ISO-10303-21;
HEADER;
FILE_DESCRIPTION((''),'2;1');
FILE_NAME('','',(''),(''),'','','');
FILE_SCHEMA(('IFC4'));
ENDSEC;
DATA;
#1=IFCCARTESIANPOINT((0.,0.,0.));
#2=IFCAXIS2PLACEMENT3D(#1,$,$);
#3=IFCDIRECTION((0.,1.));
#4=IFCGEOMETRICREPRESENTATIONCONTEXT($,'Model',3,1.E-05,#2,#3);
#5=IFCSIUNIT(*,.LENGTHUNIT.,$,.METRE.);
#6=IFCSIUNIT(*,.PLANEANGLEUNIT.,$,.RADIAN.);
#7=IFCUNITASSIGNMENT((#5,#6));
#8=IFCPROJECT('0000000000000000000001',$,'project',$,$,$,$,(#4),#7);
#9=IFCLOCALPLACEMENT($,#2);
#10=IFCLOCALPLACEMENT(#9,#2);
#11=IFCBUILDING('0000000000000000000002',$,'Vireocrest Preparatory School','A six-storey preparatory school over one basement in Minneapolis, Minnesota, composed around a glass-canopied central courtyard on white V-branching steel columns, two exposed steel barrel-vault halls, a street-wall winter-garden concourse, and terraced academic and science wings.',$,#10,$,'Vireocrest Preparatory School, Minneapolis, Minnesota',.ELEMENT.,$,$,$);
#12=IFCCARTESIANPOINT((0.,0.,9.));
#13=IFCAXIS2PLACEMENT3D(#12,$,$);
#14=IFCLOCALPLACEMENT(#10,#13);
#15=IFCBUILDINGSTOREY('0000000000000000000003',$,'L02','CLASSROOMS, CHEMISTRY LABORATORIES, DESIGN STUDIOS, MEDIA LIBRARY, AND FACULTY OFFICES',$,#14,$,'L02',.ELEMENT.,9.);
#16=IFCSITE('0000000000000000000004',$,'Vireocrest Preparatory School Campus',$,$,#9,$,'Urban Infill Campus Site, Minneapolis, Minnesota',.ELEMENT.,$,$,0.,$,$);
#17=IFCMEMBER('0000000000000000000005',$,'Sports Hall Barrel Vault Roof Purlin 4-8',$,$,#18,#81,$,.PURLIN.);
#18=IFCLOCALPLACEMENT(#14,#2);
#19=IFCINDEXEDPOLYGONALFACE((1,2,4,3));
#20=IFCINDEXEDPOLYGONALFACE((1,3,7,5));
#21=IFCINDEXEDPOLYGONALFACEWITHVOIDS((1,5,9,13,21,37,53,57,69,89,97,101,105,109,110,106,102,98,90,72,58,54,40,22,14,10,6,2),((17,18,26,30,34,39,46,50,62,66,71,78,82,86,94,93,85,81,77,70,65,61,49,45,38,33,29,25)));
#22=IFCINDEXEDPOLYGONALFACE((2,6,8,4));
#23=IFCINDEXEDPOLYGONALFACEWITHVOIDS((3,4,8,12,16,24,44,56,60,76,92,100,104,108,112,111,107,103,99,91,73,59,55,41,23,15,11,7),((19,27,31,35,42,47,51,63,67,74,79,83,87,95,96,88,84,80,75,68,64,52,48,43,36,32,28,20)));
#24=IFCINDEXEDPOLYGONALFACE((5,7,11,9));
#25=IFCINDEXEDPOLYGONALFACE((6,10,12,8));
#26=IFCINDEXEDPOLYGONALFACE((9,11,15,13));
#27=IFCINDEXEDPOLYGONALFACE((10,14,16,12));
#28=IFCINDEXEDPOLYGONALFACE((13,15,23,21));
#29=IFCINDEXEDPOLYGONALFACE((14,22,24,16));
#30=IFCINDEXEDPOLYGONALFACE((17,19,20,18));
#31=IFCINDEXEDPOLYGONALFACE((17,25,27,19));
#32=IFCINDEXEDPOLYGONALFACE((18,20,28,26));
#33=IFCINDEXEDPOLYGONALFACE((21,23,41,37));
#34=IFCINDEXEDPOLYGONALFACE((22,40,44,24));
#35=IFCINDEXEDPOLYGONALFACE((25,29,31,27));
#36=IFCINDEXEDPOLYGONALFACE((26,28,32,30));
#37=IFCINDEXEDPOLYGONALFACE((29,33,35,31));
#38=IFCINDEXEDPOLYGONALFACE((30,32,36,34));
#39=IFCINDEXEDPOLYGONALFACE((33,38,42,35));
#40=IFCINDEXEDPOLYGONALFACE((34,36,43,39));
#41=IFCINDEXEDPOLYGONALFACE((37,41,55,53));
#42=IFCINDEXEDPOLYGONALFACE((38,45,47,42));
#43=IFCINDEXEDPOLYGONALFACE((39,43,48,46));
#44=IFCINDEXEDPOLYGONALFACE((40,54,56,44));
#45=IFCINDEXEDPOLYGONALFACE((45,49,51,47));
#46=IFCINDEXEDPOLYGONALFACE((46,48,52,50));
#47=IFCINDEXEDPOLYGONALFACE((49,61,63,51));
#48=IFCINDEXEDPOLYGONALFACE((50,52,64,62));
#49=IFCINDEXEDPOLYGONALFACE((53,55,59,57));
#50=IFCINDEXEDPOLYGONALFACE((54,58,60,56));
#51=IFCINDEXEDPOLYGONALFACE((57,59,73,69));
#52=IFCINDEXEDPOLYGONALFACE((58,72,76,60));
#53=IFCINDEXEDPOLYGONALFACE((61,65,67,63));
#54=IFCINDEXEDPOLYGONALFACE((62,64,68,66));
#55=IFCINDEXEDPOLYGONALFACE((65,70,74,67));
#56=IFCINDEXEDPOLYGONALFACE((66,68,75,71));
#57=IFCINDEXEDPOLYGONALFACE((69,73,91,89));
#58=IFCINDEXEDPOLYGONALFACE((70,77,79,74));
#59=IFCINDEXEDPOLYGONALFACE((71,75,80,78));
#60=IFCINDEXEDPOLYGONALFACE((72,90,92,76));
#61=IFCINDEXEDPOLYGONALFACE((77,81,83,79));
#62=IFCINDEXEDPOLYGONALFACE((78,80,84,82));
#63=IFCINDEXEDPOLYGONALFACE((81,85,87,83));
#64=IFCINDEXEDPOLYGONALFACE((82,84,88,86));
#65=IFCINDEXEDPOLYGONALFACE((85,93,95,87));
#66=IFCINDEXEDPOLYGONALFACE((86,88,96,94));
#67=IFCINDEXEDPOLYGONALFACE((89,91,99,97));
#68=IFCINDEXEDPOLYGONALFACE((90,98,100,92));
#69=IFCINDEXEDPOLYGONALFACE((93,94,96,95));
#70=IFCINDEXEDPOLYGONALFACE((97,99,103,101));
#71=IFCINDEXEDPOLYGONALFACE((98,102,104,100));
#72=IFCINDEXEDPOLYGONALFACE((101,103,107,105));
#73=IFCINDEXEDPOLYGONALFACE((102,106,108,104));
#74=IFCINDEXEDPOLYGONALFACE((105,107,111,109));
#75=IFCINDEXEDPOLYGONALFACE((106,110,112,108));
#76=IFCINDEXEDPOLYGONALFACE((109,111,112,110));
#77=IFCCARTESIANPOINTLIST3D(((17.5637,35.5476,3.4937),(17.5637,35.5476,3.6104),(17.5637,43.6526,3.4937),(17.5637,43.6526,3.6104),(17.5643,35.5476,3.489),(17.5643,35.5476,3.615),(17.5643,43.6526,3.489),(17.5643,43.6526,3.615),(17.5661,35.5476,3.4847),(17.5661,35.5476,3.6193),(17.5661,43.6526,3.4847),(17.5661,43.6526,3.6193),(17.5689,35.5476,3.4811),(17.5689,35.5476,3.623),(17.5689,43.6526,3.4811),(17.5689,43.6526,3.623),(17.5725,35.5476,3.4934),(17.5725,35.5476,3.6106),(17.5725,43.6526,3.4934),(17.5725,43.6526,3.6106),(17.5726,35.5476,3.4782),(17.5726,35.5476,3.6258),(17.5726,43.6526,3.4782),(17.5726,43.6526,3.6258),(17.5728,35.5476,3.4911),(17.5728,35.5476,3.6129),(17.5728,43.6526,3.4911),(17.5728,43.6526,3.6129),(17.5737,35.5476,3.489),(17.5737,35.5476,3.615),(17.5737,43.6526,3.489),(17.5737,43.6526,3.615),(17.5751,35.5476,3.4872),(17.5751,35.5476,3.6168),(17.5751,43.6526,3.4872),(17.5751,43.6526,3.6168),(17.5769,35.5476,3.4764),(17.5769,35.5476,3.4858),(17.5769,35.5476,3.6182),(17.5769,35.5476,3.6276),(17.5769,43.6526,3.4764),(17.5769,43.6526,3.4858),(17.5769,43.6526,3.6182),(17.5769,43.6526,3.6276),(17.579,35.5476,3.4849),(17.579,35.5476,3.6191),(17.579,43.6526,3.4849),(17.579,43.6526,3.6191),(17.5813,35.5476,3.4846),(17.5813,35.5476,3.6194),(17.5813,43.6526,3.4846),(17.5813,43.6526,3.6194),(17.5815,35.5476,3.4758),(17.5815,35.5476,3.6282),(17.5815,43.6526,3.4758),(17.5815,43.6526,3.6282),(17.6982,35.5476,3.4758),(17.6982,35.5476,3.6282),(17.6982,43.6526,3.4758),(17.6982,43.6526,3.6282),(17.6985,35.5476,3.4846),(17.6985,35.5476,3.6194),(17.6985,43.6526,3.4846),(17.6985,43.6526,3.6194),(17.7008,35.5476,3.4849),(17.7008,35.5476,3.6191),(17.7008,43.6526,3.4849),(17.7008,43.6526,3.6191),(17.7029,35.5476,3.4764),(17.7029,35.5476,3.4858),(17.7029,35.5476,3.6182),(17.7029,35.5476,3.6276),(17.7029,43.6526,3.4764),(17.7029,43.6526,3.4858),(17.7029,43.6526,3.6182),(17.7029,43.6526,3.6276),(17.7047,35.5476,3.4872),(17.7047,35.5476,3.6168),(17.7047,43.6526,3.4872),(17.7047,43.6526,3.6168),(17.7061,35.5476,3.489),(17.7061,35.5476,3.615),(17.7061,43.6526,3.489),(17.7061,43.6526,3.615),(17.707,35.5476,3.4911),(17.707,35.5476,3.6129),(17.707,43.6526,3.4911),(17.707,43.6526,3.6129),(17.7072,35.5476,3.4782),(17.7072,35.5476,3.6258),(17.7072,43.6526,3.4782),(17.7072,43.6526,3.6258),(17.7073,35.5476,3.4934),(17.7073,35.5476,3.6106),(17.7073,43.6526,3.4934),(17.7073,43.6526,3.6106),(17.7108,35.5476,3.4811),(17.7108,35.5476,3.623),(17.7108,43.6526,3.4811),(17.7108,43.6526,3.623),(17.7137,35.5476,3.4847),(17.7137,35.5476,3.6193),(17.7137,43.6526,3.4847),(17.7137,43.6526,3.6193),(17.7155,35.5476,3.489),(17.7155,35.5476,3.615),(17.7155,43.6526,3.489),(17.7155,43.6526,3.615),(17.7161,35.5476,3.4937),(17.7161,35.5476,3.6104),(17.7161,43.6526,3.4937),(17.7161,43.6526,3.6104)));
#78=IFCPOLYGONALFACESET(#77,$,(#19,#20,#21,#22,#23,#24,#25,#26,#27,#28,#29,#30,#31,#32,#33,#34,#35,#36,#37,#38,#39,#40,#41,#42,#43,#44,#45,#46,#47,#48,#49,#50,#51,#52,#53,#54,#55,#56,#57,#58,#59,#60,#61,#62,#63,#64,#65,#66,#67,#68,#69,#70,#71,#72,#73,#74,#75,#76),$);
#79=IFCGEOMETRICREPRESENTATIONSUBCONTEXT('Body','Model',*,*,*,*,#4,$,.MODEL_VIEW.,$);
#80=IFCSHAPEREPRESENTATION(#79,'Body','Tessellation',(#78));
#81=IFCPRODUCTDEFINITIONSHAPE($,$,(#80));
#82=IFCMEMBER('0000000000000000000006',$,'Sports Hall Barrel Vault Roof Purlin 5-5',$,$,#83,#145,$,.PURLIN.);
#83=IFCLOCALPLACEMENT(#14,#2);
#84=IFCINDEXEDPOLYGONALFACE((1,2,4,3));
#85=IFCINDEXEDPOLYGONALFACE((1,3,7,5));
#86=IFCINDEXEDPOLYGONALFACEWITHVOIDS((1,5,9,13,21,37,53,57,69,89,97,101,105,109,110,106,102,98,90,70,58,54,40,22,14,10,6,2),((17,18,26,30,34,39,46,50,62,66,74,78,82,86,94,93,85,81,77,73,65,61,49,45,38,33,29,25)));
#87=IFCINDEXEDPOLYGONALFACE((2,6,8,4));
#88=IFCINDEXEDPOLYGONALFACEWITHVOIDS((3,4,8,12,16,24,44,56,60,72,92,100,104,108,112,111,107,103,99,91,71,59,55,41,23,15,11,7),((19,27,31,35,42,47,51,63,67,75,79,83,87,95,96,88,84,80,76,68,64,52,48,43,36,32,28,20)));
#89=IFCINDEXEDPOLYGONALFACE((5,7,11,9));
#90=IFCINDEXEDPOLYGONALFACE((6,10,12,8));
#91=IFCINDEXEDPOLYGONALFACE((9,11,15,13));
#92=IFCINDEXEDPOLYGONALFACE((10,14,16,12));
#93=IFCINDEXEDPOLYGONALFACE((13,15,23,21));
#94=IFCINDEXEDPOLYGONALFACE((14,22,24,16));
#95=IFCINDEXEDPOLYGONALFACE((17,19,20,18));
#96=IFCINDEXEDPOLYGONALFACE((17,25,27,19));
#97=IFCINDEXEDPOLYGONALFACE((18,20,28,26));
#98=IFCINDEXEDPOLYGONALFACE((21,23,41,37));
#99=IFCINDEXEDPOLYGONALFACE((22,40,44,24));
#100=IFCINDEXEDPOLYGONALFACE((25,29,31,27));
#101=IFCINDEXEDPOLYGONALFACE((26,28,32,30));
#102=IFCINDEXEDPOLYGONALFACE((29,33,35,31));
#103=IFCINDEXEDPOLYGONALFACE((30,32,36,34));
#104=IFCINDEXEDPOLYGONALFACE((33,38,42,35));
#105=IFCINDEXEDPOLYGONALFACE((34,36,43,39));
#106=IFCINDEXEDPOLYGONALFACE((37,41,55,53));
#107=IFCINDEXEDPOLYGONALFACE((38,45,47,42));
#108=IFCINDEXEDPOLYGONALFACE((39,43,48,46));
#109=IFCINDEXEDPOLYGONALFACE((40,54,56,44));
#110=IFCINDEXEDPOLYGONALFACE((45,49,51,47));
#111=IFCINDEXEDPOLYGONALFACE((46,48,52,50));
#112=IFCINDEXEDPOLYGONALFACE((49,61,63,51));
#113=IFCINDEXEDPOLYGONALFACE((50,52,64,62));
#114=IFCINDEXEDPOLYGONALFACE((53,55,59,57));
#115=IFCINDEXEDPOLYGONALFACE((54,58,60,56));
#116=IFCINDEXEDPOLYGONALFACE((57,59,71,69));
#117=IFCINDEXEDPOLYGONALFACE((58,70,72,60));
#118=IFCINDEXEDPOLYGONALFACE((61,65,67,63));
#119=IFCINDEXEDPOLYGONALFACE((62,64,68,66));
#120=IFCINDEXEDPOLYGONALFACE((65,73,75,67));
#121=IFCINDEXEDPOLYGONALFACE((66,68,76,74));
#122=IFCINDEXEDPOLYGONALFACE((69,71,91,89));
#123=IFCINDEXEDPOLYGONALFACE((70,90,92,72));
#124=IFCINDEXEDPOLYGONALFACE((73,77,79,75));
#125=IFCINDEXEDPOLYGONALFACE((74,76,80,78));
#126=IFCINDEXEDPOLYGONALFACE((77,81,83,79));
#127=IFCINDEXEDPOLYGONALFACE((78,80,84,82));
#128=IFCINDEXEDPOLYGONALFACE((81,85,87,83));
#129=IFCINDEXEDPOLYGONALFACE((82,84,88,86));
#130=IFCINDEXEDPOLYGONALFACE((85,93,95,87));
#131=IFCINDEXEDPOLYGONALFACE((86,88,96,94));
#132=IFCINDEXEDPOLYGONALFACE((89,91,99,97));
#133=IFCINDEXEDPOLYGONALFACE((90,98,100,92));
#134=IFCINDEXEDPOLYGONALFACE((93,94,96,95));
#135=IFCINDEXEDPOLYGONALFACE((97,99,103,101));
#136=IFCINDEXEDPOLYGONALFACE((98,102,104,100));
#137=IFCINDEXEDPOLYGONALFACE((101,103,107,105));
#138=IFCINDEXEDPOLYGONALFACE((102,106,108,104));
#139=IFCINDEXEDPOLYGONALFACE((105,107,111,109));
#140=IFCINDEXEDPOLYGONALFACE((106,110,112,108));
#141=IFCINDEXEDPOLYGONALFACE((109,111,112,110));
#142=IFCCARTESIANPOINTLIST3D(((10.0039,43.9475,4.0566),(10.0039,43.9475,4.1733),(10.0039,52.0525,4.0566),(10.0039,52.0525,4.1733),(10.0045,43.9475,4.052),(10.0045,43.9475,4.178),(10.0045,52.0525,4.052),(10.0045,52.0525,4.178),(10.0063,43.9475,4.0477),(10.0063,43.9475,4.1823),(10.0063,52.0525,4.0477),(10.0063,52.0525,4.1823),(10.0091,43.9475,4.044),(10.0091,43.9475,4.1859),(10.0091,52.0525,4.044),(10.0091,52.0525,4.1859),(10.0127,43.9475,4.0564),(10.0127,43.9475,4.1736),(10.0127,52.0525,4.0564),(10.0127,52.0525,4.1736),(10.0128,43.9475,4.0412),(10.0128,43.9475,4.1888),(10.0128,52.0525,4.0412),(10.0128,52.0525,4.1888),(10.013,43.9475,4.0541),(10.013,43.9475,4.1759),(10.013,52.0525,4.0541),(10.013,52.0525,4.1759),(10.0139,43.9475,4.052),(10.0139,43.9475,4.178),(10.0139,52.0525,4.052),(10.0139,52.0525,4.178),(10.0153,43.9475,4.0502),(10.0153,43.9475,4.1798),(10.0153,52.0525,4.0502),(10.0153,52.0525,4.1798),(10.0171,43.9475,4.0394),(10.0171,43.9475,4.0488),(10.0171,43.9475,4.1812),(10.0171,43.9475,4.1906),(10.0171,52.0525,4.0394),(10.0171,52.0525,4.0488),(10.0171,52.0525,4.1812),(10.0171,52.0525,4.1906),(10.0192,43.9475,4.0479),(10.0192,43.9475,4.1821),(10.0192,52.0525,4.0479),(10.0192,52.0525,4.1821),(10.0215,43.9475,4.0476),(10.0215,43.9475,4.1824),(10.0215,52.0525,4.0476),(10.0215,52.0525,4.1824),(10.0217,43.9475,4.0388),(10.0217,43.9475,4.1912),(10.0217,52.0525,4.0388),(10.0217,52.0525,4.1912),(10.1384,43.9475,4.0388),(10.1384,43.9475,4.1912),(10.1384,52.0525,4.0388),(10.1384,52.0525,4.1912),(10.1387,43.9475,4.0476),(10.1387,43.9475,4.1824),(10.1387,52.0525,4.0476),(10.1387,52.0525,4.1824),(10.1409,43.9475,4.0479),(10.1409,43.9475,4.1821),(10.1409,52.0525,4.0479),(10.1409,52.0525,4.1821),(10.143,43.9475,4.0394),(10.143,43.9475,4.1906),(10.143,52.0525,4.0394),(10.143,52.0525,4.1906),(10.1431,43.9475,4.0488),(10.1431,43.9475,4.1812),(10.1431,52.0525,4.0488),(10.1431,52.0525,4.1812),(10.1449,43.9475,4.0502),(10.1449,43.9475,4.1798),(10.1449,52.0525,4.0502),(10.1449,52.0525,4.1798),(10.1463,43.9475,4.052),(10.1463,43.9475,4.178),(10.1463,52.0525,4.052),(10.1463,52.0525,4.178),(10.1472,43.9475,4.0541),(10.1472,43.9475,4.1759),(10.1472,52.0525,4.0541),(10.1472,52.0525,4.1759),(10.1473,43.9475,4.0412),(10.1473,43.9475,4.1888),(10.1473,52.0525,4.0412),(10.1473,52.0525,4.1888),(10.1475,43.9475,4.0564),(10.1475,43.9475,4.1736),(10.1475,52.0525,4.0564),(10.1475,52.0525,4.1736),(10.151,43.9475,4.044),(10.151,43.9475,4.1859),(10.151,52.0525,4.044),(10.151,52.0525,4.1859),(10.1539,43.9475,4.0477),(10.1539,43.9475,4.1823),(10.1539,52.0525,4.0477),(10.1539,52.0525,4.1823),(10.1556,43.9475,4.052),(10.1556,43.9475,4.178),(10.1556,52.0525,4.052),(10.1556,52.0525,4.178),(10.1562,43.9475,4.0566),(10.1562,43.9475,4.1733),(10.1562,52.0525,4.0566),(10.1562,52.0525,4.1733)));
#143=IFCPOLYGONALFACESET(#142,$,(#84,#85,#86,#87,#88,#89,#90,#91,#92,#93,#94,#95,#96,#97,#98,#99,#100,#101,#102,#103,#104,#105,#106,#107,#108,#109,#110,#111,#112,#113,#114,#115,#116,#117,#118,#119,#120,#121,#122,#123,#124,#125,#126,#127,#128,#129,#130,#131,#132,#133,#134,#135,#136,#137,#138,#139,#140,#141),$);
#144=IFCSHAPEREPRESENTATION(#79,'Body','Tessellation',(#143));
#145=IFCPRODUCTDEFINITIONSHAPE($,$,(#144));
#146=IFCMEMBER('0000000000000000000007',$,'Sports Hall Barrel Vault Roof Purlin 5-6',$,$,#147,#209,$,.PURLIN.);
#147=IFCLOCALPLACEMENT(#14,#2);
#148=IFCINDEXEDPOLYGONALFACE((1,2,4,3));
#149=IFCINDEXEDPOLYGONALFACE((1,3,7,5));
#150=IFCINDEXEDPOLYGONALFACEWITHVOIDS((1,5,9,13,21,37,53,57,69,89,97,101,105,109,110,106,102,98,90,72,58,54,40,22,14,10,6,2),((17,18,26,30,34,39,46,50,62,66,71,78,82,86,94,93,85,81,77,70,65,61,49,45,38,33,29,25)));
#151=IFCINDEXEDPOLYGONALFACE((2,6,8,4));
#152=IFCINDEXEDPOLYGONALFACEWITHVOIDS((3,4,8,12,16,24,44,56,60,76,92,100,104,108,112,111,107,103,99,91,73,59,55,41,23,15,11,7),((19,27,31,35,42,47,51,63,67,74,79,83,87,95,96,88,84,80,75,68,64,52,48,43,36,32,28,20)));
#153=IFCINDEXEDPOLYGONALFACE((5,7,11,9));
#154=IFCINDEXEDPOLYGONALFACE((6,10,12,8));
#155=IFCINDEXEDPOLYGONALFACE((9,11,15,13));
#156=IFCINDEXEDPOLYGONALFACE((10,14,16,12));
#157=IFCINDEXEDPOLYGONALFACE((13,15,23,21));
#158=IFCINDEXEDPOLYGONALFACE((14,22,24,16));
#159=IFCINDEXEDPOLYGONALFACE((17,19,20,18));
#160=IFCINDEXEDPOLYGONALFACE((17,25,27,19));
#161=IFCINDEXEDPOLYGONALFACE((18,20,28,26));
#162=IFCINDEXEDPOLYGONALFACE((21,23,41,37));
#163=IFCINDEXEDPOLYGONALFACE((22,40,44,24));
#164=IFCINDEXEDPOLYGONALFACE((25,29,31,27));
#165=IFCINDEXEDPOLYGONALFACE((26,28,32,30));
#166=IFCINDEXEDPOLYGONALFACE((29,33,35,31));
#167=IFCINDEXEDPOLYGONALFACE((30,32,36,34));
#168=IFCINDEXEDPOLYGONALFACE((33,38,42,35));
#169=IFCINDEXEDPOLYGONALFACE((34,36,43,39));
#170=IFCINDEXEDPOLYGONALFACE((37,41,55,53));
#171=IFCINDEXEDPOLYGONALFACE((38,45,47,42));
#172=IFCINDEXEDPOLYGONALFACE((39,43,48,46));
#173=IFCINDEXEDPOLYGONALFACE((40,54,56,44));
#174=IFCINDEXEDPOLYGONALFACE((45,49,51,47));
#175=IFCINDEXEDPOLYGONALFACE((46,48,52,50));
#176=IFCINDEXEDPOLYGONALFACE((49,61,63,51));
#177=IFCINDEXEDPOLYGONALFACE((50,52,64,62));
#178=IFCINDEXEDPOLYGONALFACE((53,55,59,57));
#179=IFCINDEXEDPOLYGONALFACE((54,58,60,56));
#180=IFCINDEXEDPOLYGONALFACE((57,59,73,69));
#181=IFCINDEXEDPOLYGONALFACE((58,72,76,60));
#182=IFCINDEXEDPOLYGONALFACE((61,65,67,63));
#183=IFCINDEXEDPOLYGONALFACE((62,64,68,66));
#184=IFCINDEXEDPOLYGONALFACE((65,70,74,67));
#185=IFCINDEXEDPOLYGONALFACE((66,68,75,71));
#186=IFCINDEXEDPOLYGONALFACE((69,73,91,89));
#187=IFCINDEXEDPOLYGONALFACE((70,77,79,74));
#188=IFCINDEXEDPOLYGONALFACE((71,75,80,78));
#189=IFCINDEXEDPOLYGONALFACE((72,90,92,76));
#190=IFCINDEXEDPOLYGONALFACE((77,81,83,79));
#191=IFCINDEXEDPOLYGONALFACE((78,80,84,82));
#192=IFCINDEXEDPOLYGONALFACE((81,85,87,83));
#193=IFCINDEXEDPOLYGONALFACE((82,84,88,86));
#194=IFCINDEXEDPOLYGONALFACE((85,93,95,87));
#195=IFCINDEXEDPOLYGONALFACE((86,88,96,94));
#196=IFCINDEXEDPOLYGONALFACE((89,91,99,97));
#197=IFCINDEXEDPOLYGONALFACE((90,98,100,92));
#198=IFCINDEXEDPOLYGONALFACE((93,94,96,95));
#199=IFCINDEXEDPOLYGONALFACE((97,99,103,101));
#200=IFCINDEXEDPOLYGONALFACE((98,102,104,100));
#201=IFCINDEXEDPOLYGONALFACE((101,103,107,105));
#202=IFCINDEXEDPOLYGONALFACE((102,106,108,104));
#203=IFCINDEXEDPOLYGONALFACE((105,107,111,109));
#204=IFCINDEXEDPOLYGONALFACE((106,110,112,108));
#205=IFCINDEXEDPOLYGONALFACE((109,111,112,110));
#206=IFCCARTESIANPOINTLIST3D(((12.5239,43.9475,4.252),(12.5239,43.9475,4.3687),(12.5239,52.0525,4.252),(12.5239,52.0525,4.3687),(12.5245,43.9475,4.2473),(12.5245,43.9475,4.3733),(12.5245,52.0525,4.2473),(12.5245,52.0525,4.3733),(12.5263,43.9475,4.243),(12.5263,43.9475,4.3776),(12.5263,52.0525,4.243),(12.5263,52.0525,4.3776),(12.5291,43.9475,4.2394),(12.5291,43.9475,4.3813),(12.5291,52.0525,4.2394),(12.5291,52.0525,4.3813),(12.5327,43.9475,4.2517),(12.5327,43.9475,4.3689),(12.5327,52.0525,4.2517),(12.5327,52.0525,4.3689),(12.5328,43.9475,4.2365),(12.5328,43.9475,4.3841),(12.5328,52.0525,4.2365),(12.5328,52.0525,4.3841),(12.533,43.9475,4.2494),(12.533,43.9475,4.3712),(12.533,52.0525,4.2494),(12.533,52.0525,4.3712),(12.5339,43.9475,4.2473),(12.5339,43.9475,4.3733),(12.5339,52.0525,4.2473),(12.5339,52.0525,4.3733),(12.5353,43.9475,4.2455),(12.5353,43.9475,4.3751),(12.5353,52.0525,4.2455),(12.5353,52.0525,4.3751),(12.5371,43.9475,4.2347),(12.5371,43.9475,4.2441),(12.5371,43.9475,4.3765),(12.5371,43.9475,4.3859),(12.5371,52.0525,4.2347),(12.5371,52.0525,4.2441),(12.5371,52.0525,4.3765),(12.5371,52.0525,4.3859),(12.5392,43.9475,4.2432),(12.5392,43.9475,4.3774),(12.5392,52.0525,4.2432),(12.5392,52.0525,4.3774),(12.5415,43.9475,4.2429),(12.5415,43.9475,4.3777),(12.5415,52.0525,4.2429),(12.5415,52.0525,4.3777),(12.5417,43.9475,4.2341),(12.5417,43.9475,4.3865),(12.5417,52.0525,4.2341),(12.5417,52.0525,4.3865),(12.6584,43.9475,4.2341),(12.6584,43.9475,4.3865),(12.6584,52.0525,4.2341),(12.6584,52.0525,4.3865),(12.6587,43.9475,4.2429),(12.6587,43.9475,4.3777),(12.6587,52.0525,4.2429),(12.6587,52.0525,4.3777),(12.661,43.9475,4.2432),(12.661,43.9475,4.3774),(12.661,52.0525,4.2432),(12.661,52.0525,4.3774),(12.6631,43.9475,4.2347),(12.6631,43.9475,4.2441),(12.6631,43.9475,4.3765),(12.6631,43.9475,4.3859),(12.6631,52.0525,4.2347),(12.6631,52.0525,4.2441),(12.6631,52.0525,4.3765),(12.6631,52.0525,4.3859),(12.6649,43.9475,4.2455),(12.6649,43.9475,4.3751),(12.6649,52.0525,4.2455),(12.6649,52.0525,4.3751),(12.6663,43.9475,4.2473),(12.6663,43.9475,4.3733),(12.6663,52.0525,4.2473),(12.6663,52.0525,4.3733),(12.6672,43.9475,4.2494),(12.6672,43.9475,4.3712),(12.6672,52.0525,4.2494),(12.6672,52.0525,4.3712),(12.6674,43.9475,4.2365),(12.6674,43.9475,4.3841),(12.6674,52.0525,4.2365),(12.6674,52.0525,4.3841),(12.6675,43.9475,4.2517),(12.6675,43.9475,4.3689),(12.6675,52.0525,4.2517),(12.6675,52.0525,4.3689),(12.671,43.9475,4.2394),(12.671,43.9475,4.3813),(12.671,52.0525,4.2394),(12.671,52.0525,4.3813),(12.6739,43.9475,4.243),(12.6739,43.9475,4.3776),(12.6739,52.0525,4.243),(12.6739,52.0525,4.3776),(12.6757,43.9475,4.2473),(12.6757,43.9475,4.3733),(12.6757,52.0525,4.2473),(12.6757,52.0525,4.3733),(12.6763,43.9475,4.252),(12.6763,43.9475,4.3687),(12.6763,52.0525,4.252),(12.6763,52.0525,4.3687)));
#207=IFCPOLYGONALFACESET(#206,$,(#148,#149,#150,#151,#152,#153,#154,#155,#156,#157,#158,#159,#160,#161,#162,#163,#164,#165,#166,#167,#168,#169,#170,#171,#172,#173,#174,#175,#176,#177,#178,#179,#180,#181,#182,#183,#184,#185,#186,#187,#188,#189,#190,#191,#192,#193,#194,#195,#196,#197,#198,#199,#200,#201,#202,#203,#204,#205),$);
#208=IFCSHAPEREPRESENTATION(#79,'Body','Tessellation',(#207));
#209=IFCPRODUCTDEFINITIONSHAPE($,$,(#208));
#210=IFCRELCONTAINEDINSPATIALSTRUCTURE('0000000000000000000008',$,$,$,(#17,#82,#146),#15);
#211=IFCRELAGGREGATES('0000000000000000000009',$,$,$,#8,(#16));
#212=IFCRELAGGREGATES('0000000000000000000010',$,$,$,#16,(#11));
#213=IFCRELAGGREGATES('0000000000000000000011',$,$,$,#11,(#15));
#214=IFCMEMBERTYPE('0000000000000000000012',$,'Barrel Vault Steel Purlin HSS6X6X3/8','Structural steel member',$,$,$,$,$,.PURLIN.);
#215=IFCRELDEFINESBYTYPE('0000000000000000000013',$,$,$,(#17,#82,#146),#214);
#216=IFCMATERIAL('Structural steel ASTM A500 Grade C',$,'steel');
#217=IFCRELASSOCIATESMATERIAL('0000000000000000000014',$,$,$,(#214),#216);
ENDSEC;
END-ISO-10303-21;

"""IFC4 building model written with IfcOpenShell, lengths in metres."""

from ifc_helpers import new_model, si_unit, direction, frame, origin, origin_2d, place, context, subcontext, project, spatial, hollow_rectangle, extrude, material, material_profile, profile_set, type_object, element, save


model = new_model("IFC4")

# Units and contexts
model_context = context("Model", 3, precision=1e-05, world=origin(), true_north=direction((0.0, 1.0)))
body_context = subcontext(model_context, "Body", "Model", "MODEL_VIEW")
ifc_project = project(units=[si_unit("LENGTHUNIT", "METRE"), si_unit("PLANEANGLEUNIT", "RADIAN")], contexts=[model_context])

# Site, building, storey
site_placement = place(None, origin())
site = spatial("IfcSite", under=ifc_project, at=site_placement, Name="Vireocrest Preparatory School Campus", LongName="Urban Infill Campus Site, Minneapolis, Minnesota", CompositionType="ELEMENT", RefElevation=0.0)
building_placement = place(site_placement, origin())
building = spatial("IfcBuilding", under=site, at=building_placement, Name="Vireocrest Preparatory School", Description="A six-storey preparatory school over one basement in Minneapolis, Minnesota, composed around a glass-canopied central courtyard on white V-branching steel columns, two exposed steel barrel-vault halls, a street-wall winter-garden concourse, and terraced academic and science wings.", LongName="Vireocrest Preparatory School, Minneapolis, Minnesota", CompositionType="ELEMENT")
storey_placement = place(building_placement, frame((0.0, 0.0, 9.0)))
storey = spatial("IfcBuildingStorey", under=building, at=storey_placement, Name="L02", Description="CLASSROOMS, CHEMISTRY LABORATORIES, DESIGN STUDIOS, MEDIA LIBRARY, AND FACULTY OFFICES", LongName="L02", CompositionType="ELEMENT", Elevation=9.0)

# Members
ifc_material_1 = material(Name="Structural steel ASTM A500 Grade C", Category="steel")
ifc_material_profile_1 = material_profile(ifc_material_1, hollow_rectangle(XDim=0.1523, YDim=0.1523, WallThickness=0.0088, InnerFilletRadius=0.0088, OuterFilletRadius=0.0178, at=origin_2d()), Name="HSS6X6X3/8")
ifc_profile_set_1 = profile_set([ifc_material_profile_1], Name="Structural steel ASTM A500 Grade C")
member_type_1 = type_object("IfcMemberType", Name="Barrel Vault Steel Purlin HSS6X6X3/8", Description="Structural steel member", PredefinedType="PURLIN", material=ifc_profile_set_1)
for number, where, z_axis, x_axis, name in (
    (1, (17.6399, 35.5476, 3.552), (0.0, 1.0, 0.0), (-1.0, 0.0, 0.0), "Sports Hall Barrel Vault Roof Purlin 4-8"),
    (2, (10.0801, 43.9475, 4.115), (0.0, 1.0, 0.0), (-1.0, 0.0, 0.0), "Sports Hall Barrel Vault Roof Purlin 5-5"),
    (3, (12.6001, 43.9475, 4.3103), (0.0, 1.0, 0.0), (-1.0, 0.0, 0.0), "Sports Hall Barrel Vault Roof Purlin 5-6"),
):
    element("IfcMember", number, at=place(storey_placement, frame(where, z_axis=z_axis, x_axis=x_axis)), inside=storey, type_object=member_type_1, Name=name, PredefinedType="PURLIN", context=body_context, shape_type="SweptSolid", body=[
        extrude(hollow_rectangle(XDim=0.1523, YDim=0.1523, WallThickness=0.0088, InnerFilletRadius=0.0088, OuterFilletRadius=0.0178, at=origin_2d()), origin(), (0.0, 0.0, 1.0), 8.105),
    ])

save(model, "model.ifc")
